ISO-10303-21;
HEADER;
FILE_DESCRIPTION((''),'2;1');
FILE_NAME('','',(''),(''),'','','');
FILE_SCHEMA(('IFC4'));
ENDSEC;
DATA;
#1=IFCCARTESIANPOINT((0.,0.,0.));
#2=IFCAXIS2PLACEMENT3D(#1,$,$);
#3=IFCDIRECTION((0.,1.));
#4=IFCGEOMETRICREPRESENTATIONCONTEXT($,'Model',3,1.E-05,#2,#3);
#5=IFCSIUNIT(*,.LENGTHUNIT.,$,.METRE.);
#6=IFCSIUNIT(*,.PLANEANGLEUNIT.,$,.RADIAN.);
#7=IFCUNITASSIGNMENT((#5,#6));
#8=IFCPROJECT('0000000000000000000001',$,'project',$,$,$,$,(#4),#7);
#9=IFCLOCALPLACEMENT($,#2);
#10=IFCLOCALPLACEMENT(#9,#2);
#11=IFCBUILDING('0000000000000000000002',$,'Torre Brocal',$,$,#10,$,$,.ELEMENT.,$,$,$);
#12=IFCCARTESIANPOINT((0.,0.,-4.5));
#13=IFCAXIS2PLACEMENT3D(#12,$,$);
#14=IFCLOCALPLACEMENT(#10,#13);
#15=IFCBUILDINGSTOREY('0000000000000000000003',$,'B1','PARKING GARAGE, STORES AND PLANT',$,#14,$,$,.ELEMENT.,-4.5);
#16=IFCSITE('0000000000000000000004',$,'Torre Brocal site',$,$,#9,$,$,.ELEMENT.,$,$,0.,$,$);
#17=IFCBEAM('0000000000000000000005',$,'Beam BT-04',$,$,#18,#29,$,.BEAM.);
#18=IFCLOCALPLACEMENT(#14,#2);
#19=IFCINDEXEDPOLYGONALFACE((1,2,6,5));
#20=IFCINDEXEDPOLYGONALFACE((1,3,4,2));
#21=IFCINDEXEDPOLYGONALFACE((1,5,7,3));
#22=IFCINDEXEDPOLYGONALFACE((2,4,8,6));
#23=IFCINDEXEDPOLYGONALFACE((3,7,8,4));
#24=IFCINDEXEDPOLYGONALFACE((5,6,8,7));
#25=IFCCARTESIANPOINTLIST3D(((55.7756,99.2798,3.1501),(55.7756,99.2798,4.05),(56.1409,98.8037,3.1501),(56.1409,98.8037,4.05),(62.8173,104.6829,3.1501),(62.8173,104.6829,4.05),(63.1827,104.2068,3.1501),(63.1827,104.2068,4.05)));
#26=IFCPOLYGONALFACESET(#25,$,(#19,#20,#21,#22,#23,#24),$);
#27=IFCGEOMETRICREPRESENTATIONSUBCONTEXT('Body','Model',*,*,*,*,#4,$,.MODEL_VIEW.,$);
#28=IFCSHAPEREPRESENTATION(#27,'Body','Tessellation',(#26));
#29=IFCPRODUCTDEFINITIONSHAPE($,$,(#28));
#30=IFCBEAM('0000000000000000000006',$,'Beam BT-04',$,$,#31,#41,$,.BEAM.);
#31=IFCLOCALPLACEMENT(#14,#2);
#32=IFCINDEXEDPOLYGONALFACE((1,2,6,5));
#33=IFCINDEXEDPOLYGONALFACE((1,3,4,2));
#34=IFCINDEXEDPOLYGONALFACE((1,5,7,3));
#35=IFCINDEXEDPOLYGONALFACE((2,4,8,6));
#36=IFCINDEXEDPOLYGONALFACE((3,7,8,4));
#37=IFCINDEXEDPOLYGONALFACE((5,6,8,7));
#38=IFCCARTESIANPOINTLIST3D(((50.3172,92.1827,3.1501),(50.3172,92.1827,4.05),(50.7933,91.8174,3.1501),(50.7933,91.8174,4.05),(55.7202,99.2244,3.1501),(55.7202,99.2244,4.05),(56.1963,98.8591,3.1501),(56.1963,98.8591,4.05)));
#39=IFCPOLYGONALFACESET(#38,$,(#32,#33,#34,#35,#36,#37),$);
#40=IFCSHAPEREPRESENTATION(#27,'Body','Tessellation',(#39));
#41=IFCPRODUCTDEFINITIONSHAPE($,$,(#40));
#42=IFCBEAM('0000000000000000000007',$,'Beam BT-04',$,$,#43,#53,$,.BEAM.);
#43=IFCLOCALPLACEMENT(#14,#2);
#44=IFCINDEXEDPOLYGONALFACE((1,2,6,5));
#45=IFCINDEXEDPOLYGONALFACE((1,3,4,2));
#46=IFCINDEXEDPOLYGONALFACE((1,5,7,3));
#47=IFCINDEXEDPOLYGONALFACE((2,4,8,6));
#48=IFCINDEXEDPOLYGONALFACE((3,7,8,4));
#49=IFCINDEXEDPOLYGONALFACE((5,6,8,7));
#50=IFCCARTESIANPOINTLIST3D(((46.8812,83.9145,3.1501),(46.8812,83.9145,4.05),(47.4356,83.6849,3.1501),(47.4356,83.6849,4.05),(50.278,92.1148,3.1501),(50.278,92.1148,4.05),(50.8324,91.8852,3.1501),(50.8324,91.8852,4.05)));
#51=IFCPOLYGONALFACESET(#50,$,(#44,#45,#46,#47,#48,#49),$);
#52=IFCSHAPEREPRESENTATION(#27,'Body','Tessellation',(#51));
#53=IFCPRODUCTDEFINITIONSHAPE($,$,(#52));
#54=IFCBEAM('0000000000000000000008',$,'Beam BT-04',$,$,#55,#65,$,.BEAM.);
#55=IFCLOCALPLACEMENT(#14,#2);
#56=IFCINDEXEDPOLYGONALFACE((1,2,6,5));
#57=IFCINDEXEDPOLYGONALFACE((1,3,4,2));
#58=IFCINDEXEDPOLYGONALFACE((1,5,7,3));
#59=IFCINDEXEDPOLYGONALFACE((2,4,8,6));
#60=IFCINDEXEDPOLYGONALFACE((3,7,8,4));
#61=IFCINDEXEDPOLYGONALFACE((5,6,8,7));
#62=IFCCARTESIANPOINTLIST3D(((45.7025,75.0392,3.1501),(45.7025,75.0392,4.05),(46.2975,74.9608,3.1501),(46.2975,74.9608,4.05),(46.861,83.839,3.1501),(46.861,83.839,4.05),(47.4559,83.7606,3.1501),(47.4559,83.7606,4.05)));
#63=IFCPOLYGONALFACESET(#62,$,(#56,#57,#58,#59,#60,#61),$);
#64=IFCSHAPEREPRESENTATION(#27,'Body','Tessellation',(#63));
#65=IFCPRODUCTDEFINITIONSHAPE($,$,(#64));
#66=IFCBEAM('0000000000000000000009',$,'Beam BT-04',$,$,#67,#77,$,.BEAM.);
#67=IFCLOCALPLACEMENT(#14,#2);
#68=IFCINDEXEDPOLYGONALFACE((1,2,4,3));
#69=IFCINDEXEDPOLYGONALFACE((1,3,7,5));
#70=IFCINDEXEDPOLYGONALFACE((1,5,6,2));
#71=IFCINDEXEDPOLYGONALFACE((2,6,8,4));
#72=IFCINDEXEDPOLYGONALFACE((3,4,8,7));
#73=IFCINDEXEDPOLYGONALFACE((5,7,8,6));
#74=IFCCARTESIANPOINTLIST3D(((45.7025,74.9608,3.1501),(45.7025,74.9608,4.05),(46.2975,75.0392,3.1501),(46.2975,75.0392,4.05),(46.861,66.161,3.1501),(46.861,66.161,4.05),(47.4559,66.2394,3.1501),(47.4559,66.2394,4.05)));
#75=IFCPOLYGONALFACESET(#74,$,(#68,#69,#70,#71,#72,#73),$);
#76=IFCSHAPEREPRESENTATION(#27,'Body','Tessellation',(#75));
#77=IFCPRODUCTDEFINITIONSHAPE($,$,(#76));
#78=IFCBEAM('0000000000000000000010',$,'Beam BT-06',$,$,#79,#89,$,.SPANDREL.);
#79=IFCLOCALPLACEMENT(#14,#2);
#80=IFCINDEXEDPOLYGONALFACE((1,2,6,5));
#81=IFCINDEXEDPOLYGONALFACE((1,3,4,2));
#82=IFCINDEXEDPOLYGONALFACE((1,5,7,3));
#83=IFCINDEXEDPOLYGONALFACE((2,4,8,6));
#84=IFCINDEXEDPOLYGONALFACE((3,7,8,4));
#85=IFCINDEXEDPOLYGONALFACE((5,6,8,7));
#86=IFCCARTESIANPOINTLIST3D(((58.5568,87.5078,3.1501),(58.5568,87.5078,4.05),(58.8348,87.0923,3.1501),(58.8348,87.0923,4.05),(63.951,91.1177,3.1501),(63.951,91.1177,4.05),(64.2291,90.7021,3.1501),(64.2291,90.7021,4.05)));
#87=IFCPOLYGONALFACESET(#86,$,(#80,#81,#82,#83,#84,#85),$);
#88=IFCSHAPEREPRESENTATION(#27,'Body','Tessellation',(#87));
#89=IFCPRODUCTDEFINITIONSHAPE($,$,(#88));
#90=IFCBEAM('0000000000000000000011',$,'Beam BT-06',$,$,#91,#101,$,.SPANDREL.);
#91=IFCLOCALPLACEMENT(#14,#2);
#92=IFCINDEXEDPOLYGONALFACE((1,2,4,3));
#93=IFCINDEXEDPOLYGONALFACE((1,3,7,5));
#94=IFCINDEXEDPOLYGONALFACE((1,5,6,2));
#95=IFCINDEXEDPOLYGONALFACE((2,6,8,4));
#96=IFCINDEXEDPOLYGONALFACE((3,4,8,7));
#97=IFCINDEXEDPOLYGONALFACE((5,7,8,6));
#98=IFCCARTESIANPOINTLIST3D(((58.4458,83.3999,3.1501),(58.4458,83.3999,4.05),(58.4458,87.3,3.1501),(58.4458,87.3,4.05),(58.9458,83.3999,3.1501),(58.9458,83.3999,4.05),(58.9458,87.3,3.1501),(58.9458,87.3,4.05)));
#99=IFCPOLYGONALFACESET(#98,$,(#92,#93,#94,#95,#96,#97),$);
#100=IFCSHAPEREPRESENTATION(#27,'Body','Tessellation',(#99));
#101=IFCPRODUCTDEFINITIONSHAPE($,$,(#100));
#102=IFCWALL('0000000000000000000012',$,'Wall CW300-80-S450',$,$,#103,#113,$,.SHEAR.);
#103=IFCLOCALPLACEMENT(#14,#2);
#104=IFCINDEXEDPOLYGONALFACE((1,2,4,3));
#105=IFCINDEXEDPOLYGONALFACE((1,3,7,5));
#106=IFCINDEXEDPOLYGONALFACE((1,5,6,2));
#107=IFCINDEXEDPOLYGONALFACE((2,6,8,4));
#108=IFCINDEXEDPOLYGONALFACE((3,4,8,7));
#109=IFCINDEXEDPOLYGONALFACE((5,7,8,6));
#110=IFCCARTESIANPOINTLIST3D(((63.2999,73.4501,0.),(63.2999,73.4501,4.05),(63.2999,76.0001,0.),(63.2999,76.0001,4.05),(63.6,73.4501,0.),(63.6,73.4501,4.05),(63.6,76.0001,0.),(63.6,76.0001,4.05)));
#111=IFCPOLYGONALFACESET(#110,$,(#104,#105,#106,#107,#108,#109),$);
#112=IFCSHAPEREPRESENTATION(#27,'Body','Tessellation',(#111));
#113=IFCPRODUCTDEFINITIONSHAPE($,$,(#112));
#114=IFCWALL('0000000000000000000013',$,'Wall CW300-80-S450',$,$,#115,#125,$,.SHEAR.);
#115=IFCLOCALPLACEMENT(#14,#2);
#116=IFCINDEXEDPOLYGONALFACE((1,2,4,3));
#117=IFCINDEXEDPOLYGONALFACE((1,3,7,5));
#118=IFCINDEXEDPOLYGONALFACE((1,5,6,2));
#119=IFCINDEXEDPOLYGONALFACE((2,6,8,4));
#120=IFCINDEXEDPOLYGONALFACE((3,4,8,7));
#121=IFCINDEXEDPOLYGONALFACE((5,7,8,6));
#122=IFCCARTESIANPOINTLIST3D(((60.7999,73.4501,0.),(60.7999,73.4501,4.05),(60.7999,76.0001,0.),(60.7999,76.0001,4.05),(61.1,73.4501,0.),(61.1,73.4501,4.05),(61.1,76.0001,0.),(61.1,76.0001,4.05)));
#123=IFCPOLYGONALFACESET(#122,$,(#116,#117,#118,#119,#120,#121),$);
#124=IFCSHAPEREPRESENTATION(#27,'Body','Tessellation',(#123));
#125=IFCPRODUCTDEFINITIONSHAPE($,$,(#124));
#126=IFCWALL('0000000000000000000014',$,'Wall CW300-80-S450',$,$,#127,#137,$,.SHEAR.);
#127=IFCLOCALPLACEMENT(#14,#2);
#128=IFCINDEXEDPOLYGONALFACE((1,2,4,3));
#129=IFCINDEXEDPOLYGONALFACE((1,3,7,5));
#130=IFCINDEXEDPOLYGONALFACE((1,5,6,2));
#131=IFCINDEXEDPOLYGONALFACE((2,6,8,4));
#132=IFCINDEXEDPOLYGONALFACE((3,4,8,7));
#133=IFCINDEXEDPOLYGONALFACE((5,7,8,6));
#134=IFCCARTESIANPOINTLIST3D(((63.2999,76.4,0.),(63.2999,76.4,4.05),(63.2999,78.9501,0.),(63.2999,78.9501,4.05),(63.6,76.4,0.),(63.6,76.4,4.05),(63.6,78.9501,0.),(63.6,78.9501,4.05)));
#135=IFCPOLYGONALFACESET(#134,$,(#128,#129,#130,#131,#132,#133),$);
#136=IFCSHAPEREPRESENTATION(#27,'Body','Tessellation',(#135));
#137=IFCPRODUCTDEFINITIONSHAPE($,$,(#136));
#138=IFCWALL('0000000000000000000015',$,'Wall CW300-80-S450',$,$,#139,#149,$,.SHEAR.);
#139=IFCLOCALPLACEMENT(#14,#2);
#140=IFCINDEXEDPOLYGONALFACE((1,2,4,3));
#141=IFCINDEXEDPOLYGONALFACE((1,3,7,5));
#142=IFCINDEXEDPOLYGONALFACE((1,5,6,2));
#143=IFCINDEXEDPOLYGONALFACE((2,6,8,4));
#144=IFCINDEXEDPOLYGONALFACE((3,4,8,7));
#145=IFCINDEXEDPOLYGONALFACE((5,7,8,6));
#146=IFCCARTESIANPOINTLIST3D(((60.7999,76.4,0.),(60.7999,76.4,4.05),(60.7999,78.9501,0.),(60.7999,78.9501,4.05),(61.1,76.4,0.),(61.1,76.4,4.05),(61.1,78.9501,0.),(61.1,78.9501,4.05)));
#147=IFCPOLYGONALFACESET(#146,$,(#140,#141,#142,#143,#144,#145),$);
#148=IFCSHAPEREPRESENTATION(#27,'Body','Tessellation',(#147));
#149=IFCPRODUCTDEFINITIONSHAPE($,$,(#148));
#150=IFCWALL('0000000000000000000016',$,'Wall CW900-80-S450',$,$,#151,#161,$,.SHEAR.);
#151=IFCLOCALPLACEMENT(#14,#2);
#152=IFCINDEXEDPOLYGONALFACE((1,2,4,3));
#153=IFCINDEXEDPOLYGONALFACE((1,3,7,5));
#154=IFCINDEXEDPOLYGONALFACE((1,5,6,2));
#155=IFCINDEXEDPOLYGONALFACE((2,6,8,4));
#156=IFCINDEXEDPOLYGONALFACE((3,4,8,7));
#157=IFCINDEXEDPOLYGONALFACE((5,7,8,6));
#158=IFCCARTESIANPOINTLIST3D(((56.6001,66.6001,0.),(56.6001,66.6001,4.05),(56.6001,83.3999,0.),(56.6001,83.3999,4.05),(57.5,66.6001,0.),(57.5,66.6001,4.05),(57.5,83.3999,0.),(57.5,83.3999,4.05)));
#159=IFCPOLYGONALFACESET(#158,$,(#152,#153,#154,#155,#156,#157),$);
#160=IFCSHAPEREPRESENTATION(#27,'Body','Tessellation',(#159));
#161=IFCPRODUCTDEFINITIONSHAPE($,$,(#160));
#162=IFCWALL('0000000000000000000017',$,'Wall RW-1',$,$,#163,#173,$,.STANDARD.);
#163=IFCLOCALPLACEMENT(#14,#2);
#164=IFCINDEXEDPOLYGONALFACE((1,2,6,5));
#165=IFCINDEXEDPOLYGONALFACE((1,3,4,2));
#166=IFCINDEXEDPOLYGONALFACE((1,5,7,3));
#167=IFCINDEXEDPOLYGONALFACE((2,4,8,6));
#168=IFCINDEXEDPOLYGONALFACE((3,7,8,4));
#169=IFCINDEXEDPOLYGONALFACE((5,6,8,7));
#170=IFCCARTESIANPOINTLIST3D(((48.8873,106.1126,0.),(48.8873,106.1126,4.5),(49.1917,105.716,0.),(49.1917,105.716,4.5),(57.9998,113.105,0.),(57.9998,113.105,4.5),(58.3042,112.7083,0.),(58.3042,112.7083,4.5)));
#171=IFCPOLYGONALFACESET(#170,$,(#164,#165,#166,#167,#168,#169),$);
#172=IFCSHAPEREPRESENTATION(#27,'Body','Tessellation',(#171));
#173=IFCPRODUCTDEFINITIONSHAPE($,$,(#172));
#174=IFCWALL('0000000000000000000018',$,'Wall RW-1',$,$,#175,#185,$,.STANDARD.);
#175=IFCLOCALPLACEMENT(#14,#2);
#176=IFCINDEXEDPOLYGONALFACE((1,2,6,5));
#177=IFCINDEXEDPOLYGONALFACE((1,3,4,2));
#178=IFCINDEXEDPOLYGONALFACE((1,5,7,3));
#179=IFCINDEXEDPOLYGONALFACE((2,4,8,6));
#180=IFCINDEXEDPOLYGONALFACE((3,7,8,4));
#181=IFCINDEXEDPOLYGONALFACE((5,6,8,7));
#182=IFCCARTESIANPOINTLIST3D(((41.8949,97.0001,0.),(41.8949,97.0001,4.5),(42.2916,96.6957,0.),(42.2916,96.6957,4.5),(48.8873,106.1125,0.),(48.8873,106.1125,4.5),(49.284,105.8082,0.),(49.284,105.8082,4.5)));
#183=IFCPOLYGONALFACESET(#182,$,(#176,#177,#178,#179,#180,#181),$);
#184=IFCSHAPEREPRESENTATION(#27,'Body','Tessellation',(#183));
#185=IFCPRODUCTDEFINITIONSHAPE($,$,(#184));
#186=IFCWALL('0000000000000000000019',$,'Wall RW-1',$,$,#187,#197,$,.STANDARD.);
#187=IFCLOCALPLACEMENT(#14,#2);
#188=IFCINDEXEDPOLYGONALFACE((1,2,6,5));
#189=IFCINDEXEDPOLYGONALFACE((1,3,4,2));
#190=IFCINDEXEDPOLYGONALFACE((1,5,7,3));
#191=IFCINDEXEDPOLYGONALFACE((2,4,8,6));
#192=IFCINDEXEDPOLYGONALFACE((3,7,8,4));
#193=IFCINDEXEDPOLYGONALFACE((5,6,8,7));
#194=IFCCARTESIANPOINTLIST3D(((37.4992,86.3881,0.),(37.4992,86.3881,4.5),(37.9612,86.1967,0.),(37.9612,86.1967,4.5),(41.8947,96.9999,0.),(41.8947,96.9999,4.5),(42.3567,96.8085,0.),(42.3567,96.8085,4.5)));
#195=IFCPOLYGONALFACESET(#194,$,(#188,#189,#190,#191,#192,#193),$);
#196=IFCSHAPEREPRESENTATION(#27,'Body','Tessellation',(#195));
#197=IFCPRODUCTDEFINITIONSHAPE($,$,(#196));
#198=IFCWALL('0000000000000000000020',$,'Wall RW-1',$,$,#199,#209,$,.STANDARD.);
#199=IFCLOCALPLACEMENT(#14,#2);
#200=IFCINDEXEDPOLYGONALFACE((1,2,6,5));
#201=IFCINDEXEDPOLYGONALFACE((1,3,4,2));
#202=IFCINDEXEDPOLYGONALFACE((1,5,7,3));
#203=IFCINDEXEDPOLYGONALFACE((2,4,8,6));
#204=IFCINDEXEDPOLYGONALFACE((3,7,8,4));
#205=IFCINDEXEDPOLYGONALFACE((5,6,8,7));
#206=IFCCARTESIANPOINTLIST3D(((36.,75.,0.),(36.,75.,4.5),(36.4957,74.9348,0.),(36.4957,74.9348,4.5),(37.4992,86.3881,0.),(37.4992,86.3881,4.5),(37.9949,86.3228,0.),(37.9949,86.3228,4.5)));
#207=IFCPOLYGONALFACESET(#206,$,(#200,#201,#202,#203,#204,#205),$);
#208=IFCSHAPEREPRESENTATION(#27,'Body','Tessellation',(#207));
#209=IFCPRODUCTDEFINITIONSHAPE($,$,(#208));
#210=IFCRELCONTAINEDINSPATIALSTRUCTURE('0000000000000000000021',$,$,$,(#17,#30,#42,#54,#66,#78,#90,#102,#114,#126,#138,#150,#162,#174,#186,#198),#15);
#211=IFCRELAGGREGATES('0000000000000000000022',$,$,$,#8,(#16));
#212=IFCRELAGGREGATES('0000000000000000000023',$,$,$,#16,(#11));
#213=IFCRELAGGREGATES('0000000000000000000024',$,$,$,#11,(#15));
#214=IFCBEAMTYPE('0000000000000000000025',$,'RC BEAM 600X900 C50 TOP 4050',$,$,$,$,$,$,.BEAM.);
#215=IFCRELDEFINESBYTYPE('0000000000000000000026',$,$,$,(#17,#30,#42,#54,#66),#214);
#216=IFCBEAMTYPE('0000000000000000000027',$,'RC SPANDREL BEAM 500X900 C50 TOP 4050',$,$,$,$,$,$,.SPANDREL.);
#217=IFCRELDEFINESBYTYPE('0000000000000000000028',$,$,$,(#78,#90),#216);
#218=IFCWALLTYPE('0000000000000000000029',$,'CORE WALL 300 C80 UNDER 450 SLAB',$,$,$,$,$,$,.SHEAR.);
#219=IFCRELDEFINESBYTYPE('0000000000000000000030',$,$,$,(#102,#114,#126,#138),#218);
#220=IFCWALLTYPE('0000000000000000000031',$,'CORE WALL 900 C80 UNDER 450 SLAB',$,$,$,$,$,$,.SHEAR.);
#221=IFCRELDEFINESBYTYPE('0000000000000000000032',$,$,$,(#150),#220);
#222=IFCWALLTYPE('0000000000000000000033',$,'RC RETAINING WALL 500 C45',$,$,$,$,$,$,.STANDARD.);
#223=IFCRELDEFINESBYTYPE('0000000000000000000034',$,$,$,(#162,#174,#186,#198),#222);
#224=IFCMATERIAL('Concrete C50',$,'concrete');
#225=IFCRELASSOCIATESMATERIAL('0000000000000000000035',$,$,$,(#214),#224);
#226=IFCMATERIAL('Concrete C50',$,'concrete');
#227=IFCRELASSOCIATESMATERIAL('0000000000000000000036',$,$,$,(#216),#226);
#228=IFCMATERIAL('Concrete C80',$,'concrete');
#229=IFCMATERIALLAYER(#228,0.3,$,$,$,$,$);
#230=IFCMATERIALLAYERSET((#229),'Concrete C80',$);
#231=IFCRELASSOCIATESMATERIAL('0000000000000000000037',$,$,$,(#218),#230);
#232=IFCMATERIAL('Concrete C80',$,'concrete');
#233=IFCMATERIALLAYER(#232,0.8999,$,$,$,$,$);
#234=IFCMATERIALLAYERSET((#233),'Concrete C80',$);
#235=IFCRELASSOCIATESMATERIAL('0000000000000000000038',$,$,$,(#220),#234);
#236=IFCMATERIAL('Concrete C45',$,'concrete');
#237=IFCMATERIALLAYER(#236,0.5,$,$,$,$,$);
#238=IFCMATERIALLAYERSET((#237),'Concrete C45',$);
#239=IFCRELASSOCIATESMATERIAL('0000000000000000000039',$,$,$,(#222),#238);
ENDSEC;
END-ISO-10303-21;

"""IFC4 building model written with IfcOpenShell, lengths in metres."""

from ifc_helpers import new_model, si_unit, direction, frame, frame_2d, origin, origin_2d, place, context, subcontext, project, spatial, rectangle, extrude, material, layer, layer_set, material_profile, profile_set, type_object, element, save


model = new_model("IFC4")

# Units and contexts
model_context = context("Model", 3, precision=1e-05, world=origin(), true_north=direction((0.0, 1.0)))
body_context = subcontext(model_context, "Body", "Model", "MODEL_VIEW")
ifc_project = project(units=[si_unit("LENGTHUNIT", "METRE"), si_unit("PLANEANGLEUNIT", "RADIAN")], contexts=[model_context])

# Site, building, storey
site_placement = place(None, origin())
site = spatial("IfcSite", under=ifc_project, at=site_placement, Name="Torre Brocal site", CompositionType="ELEMENT", RefElevation=0.0)
building_placement = place(site_placement, origin())
building = spatial("IfcBuilding", under=site, at=building_placement, Name="Torre Brocal", CompositionType="ELEMENT")
storey_placement = place(building_placement, frame((0.0, 0.0, -4.5)))
storey = spatial("IfcBuildingStorey", under=building, at=storey_placement, Name="B1", Description="PARKING GARAGE, STORES AND PLANT", CompositionType="ELEMENT", Elevation=-4.5)

# Beams
ifc_material_1 = material(Name="Concrete C50", Category="concrete")
ifc_material_profile_1 = material_profile(ifc_material_1, rectangle(XDim=0.6001, YDim=0.8999, at=origin_2d()), Name="RC 600X900")
ifc_profile_set_1 = profile_set([ifc_material_profile_1], Name="Concrete C50")
beam_type_1 = type_object("IfcBeamType", Name="RC BEAM 600X900 C50 TOP 4050", PredefinedType="BEAM", material=ifc_profile_set_1)
for number, where, z_axis, x_axis, name in (
    (1, (63.0, 104.4448, 3.6001), (-0.793367, -0.608744, 0.0), (0.608744, -0.793367, 0.0), "Beam BT-04"),
    (2, (55.9583, 99.0417, 3.6001), (-0.608744, -0.793367, 0.0), (0.793367, -0.608744, 0.0), "Beam BT-04"),
):
    element("IfcBeam", number, at=place(storey_placement, frame(where, z_axis=z_axis, x_axis=x_axis)), inside=storey, type_object=beam_type_1, Name=name, PredefinedType="BEAM", context=body_context, shape_type="SweptSolid", body=[
        extrude(rectangle(XDim=0.6001, YDim=0.8999, at=origin_2d()), origin(), (0.0, 0.0, 1.0), 8.8757),
    ])
beam_1_placement = place(storey_placement, frame((50.5552, 92.0, 3.6001), z_axis=(-0.382693, -0.923876, 0.0), x_axis=(0.923876, -0.382693, 0.0)))
element("IfcBeam", 3, at=beam_1_placement, inside=storey, type_object=beam_type_1, Name="Beam BT-04", PredefinedType="BEAM", context=body_context, shape_type="SweptSolid", body=[
    extrude(rectangle(XDim=0.6001, YDim=0.8999, at=origin_2d()), origin(), (0.0, 0.0, 1.0), 8.876),
])
for number, where, z_axis, x_axis, name in (
    (4, (47.1584, 83.7998, 3.6001), (-0.130519, -0.991446, 0.0), (0.991446, -0.130519, 0.0), "Beam BT-04"),
    (5, (46.0, 75.0, 3.6001), (0.130519, -0.991446, 0.0), (0.991446, 0.130519, 0.0), "Beam BT-04"),
):
    element("IfcBeam", number, at=place(storey_placement, frame(where, z_axis=z_axis, x_axis=x_axis)), inside=storey, type_object=beam_type_1, Name=name, PredefinedType="BEAM", context=body_context, shape_type="SweptSolid", body=[
        extrude(rectangle(XDim=0.6001, YDim=0.8999, at=origin_2d()), origin(), (0.0, 0.0, 1.0), 8.8757),
    ])
ifc_material_2 = material(Name="Concrete C50", Category="concrete")
ifc_material_profile_2 = material_profile(ifc_material_2, rectangle(XDim=0.5, YDim=0.8999, at=origin_2d()), Name="RC 500X900")
ifc_profile_set_2 = profile_set([ifc_material_profile_2], Name="Concrete C50")
beam_type_2 = type_object("IfcBeamType", Name="RC SPANDREL BEAM 500X900 C50 TOP 4050", PredefinedType="SPANDREL", material=ifc_profile_set_2)
beam_2_placement = place(storey_placement, frame((64.0901, 90.9099, 3.6001), z_axis=(-0.831077, -0.556158, 0.0), x_axis=(0.556158, -0.831077, 0.0)))
element("IfcBeam", 6, at=beam_2_placement, inside=storey, type_object=beam_type_2, Name="Beam BT-06", PredefinedType="SPANDREL", context=body_context, shape_type="SweptSolid", body=[
    extrude(rectangle(XDim=0.5, YDim=0.8999, at=origin_2d()), origin(), (0.0, 0.0, 1.0), 6.4907),
])
beam_3_placement = place(storey_placement, frame((58.6958, 87.3, 3.6001), z_axis=(0.0, -1.0, 0.0), x_axis=(1.0, 0.0, 0.0)))
element("IfcBeam", 7, at=beam_3_placement, inside=storey, type_object=beam_type_2, Name="Beam BT-06", PredefinedType="SPANDREL", context=body_context, shape_type="SweptSolid", body=[
    extrude(rectangle(XDim=0.5, YDim=0.8999, at=origin_2d()), origin(), (0.0, 0.0, 1.0), 3.9001),
])

# Walls
ifc_material_3 = material(Name="Concrete C80", Category="concrete")
ifc_layer_1 = layer(ifc_material_3, 0.3)
ifc_layer_set_1 = layer_set([ifc_layer_1], Name="Concrete C80")
wall_type_1 = type_object("IfcWallType", Name="CORE WALL 300 C80 UNDER 450 SLAB", PredefinedType="SHEAR", material=ifc_layer_set_1)
for number, where, z_axis, x_axis, name in (
    (8, (63.45, 76.0, 0.0), (0.0, 0.0, 1.0), (0.0, -1.0, 0.0), "Wall CW300-80-S450"),
    (9, (60.95, 76.0, 0.0), (0.0, 0.0, 1.0), (0.0, -1.0, 0.0), "Wall CW300-80-S450"),
    (10, (63.45, 78.95, 0.0), (0.0, 0.0, 1.0), (0.0, -1.0, 0.0), "Wall CW300-80-S450"),
    (11, (60.95, 78.95, 0.0), (0.0, 0.0, 1.0), (0.0, -1.0, 0.0), "Wall CW300-80-S450"),
):
    element("IfcWall", number, at=place(storey_placement, frame(where, z_axis=z_axis, x_axis=x_axis)), inside=storey, type_object=wall_type_1, Name=name, PredefinedType="SHEAR", context=body_context, shape_type="SweptSolid", body=[
        extrude(rectangle(XDim=2.55, YDim=0.3, at=frame_2d((1.2749, 0.0))), origin(), (0.0, 0.0, 1.0), 4.05),
    ])
ifc_material_4 = material(Name="Concrete C80", Category="concrete")
ifc_layer_2 = layer(ifc_material_4, 0.8999)
ifc_layer_set_2 = layer_set([ifc_layer_2], Name="Concrete C80")
wall_type_2 = type_object("IfcWallType", Name="CORE WALL 900 C80 UNDER 450 SLAB", PredefinedType="SHEAR", material=ifc_layer_set_2)
wall_placement = place(storey_placement, frame((57.05, 83.3999, 0.0), z_axis=(0.0, 0.0, 1.0), x_axis=(0.0, -1.0, 0.0)))
element("IfcWall", 12, at=wall_placement, inside=storey, type_object=wall_type_2, Name="Wall CW900-80-S450", PredefinedType="SHEAR", context=body_context, shape_type="SweptSolid", body=[
    extrude(rectangle(XDim=16.7998, YDim=0.8999, at=frame_2d((8.3999, 0.0))), origin(), (0.0, 0.0, 1.0), 4.05),
])
ifc_material_5 = material(Name="Concrete C45", Category="concrete")
ifc_layer_3 = layer(ifc_material_5, 0.5)
ifc_layer_set_3 = layer_set([ifc_layer_3], Name="Concrete C45")
wall_type_3 = type_object("IfcWallType", Name="RC RETAINING WALL 500 C45", PredefinedType="STANDARD", material=ifc_layer_set_3)
for number, where, z_axis, x_axis, name in (
    (13, (58.1521, 112.9067, 0.0), (0.0, 0.0, 1.0), (-0.793348, -0.608768, 0.0), "Wall RW-1"),
    (14, (49.0857, 105.9604, 0.0), (0.0, 0.0, 1.0), (-0.608768, -0.793348, 0.0), "Wall RW-1"),
    (15, (42.1257, 96.9043, 0.0), (0.0, 0.0, 1.0), (-0.38268, -0.923881, 0.0), "Wall RW-1"),
):
    element("IfcWall", number, at=place(storey_placement, frame(where, z_axis=z_axis, x_axis=x_axis)), inside=storey, type_object=wall_type_3, Name=name, PredefinedType="STANDARD", context=body_context, shape_type="SweptSolid", body=[
        extrude(rectangle(XDim=11.4861, YDim=0.5, at=frame_2d((5.7432, 0.0))), origin(), (0.0, 0.0, 1.0), 4.5),
    ])
for number, where, z_axis, x_axis, name in (
    (16, (37.7471, 86.3555, 0.0), (0.0, 0.0, 1.0), (-0.130525, -0.991445, 0.0), "Wall RW-1"),
):
    element("IfcWall", number, at=place(storey_placement, frame(where, z_axis=z_axis, x_axis=x_axis)), inside=storey, type_object=wall_type_3, Name=name, PredefinedType="STANDARD", context=body_context, shape_type="SweptSolid", body=[
        extrude(rectangle(XDim=11.4863, YDim=0.5, at=frame_2d((5.7432, 0.0))), origin(), (0.0, 0.0, 1.0), 4.5),
    ])

save(model, "model.ifc")
